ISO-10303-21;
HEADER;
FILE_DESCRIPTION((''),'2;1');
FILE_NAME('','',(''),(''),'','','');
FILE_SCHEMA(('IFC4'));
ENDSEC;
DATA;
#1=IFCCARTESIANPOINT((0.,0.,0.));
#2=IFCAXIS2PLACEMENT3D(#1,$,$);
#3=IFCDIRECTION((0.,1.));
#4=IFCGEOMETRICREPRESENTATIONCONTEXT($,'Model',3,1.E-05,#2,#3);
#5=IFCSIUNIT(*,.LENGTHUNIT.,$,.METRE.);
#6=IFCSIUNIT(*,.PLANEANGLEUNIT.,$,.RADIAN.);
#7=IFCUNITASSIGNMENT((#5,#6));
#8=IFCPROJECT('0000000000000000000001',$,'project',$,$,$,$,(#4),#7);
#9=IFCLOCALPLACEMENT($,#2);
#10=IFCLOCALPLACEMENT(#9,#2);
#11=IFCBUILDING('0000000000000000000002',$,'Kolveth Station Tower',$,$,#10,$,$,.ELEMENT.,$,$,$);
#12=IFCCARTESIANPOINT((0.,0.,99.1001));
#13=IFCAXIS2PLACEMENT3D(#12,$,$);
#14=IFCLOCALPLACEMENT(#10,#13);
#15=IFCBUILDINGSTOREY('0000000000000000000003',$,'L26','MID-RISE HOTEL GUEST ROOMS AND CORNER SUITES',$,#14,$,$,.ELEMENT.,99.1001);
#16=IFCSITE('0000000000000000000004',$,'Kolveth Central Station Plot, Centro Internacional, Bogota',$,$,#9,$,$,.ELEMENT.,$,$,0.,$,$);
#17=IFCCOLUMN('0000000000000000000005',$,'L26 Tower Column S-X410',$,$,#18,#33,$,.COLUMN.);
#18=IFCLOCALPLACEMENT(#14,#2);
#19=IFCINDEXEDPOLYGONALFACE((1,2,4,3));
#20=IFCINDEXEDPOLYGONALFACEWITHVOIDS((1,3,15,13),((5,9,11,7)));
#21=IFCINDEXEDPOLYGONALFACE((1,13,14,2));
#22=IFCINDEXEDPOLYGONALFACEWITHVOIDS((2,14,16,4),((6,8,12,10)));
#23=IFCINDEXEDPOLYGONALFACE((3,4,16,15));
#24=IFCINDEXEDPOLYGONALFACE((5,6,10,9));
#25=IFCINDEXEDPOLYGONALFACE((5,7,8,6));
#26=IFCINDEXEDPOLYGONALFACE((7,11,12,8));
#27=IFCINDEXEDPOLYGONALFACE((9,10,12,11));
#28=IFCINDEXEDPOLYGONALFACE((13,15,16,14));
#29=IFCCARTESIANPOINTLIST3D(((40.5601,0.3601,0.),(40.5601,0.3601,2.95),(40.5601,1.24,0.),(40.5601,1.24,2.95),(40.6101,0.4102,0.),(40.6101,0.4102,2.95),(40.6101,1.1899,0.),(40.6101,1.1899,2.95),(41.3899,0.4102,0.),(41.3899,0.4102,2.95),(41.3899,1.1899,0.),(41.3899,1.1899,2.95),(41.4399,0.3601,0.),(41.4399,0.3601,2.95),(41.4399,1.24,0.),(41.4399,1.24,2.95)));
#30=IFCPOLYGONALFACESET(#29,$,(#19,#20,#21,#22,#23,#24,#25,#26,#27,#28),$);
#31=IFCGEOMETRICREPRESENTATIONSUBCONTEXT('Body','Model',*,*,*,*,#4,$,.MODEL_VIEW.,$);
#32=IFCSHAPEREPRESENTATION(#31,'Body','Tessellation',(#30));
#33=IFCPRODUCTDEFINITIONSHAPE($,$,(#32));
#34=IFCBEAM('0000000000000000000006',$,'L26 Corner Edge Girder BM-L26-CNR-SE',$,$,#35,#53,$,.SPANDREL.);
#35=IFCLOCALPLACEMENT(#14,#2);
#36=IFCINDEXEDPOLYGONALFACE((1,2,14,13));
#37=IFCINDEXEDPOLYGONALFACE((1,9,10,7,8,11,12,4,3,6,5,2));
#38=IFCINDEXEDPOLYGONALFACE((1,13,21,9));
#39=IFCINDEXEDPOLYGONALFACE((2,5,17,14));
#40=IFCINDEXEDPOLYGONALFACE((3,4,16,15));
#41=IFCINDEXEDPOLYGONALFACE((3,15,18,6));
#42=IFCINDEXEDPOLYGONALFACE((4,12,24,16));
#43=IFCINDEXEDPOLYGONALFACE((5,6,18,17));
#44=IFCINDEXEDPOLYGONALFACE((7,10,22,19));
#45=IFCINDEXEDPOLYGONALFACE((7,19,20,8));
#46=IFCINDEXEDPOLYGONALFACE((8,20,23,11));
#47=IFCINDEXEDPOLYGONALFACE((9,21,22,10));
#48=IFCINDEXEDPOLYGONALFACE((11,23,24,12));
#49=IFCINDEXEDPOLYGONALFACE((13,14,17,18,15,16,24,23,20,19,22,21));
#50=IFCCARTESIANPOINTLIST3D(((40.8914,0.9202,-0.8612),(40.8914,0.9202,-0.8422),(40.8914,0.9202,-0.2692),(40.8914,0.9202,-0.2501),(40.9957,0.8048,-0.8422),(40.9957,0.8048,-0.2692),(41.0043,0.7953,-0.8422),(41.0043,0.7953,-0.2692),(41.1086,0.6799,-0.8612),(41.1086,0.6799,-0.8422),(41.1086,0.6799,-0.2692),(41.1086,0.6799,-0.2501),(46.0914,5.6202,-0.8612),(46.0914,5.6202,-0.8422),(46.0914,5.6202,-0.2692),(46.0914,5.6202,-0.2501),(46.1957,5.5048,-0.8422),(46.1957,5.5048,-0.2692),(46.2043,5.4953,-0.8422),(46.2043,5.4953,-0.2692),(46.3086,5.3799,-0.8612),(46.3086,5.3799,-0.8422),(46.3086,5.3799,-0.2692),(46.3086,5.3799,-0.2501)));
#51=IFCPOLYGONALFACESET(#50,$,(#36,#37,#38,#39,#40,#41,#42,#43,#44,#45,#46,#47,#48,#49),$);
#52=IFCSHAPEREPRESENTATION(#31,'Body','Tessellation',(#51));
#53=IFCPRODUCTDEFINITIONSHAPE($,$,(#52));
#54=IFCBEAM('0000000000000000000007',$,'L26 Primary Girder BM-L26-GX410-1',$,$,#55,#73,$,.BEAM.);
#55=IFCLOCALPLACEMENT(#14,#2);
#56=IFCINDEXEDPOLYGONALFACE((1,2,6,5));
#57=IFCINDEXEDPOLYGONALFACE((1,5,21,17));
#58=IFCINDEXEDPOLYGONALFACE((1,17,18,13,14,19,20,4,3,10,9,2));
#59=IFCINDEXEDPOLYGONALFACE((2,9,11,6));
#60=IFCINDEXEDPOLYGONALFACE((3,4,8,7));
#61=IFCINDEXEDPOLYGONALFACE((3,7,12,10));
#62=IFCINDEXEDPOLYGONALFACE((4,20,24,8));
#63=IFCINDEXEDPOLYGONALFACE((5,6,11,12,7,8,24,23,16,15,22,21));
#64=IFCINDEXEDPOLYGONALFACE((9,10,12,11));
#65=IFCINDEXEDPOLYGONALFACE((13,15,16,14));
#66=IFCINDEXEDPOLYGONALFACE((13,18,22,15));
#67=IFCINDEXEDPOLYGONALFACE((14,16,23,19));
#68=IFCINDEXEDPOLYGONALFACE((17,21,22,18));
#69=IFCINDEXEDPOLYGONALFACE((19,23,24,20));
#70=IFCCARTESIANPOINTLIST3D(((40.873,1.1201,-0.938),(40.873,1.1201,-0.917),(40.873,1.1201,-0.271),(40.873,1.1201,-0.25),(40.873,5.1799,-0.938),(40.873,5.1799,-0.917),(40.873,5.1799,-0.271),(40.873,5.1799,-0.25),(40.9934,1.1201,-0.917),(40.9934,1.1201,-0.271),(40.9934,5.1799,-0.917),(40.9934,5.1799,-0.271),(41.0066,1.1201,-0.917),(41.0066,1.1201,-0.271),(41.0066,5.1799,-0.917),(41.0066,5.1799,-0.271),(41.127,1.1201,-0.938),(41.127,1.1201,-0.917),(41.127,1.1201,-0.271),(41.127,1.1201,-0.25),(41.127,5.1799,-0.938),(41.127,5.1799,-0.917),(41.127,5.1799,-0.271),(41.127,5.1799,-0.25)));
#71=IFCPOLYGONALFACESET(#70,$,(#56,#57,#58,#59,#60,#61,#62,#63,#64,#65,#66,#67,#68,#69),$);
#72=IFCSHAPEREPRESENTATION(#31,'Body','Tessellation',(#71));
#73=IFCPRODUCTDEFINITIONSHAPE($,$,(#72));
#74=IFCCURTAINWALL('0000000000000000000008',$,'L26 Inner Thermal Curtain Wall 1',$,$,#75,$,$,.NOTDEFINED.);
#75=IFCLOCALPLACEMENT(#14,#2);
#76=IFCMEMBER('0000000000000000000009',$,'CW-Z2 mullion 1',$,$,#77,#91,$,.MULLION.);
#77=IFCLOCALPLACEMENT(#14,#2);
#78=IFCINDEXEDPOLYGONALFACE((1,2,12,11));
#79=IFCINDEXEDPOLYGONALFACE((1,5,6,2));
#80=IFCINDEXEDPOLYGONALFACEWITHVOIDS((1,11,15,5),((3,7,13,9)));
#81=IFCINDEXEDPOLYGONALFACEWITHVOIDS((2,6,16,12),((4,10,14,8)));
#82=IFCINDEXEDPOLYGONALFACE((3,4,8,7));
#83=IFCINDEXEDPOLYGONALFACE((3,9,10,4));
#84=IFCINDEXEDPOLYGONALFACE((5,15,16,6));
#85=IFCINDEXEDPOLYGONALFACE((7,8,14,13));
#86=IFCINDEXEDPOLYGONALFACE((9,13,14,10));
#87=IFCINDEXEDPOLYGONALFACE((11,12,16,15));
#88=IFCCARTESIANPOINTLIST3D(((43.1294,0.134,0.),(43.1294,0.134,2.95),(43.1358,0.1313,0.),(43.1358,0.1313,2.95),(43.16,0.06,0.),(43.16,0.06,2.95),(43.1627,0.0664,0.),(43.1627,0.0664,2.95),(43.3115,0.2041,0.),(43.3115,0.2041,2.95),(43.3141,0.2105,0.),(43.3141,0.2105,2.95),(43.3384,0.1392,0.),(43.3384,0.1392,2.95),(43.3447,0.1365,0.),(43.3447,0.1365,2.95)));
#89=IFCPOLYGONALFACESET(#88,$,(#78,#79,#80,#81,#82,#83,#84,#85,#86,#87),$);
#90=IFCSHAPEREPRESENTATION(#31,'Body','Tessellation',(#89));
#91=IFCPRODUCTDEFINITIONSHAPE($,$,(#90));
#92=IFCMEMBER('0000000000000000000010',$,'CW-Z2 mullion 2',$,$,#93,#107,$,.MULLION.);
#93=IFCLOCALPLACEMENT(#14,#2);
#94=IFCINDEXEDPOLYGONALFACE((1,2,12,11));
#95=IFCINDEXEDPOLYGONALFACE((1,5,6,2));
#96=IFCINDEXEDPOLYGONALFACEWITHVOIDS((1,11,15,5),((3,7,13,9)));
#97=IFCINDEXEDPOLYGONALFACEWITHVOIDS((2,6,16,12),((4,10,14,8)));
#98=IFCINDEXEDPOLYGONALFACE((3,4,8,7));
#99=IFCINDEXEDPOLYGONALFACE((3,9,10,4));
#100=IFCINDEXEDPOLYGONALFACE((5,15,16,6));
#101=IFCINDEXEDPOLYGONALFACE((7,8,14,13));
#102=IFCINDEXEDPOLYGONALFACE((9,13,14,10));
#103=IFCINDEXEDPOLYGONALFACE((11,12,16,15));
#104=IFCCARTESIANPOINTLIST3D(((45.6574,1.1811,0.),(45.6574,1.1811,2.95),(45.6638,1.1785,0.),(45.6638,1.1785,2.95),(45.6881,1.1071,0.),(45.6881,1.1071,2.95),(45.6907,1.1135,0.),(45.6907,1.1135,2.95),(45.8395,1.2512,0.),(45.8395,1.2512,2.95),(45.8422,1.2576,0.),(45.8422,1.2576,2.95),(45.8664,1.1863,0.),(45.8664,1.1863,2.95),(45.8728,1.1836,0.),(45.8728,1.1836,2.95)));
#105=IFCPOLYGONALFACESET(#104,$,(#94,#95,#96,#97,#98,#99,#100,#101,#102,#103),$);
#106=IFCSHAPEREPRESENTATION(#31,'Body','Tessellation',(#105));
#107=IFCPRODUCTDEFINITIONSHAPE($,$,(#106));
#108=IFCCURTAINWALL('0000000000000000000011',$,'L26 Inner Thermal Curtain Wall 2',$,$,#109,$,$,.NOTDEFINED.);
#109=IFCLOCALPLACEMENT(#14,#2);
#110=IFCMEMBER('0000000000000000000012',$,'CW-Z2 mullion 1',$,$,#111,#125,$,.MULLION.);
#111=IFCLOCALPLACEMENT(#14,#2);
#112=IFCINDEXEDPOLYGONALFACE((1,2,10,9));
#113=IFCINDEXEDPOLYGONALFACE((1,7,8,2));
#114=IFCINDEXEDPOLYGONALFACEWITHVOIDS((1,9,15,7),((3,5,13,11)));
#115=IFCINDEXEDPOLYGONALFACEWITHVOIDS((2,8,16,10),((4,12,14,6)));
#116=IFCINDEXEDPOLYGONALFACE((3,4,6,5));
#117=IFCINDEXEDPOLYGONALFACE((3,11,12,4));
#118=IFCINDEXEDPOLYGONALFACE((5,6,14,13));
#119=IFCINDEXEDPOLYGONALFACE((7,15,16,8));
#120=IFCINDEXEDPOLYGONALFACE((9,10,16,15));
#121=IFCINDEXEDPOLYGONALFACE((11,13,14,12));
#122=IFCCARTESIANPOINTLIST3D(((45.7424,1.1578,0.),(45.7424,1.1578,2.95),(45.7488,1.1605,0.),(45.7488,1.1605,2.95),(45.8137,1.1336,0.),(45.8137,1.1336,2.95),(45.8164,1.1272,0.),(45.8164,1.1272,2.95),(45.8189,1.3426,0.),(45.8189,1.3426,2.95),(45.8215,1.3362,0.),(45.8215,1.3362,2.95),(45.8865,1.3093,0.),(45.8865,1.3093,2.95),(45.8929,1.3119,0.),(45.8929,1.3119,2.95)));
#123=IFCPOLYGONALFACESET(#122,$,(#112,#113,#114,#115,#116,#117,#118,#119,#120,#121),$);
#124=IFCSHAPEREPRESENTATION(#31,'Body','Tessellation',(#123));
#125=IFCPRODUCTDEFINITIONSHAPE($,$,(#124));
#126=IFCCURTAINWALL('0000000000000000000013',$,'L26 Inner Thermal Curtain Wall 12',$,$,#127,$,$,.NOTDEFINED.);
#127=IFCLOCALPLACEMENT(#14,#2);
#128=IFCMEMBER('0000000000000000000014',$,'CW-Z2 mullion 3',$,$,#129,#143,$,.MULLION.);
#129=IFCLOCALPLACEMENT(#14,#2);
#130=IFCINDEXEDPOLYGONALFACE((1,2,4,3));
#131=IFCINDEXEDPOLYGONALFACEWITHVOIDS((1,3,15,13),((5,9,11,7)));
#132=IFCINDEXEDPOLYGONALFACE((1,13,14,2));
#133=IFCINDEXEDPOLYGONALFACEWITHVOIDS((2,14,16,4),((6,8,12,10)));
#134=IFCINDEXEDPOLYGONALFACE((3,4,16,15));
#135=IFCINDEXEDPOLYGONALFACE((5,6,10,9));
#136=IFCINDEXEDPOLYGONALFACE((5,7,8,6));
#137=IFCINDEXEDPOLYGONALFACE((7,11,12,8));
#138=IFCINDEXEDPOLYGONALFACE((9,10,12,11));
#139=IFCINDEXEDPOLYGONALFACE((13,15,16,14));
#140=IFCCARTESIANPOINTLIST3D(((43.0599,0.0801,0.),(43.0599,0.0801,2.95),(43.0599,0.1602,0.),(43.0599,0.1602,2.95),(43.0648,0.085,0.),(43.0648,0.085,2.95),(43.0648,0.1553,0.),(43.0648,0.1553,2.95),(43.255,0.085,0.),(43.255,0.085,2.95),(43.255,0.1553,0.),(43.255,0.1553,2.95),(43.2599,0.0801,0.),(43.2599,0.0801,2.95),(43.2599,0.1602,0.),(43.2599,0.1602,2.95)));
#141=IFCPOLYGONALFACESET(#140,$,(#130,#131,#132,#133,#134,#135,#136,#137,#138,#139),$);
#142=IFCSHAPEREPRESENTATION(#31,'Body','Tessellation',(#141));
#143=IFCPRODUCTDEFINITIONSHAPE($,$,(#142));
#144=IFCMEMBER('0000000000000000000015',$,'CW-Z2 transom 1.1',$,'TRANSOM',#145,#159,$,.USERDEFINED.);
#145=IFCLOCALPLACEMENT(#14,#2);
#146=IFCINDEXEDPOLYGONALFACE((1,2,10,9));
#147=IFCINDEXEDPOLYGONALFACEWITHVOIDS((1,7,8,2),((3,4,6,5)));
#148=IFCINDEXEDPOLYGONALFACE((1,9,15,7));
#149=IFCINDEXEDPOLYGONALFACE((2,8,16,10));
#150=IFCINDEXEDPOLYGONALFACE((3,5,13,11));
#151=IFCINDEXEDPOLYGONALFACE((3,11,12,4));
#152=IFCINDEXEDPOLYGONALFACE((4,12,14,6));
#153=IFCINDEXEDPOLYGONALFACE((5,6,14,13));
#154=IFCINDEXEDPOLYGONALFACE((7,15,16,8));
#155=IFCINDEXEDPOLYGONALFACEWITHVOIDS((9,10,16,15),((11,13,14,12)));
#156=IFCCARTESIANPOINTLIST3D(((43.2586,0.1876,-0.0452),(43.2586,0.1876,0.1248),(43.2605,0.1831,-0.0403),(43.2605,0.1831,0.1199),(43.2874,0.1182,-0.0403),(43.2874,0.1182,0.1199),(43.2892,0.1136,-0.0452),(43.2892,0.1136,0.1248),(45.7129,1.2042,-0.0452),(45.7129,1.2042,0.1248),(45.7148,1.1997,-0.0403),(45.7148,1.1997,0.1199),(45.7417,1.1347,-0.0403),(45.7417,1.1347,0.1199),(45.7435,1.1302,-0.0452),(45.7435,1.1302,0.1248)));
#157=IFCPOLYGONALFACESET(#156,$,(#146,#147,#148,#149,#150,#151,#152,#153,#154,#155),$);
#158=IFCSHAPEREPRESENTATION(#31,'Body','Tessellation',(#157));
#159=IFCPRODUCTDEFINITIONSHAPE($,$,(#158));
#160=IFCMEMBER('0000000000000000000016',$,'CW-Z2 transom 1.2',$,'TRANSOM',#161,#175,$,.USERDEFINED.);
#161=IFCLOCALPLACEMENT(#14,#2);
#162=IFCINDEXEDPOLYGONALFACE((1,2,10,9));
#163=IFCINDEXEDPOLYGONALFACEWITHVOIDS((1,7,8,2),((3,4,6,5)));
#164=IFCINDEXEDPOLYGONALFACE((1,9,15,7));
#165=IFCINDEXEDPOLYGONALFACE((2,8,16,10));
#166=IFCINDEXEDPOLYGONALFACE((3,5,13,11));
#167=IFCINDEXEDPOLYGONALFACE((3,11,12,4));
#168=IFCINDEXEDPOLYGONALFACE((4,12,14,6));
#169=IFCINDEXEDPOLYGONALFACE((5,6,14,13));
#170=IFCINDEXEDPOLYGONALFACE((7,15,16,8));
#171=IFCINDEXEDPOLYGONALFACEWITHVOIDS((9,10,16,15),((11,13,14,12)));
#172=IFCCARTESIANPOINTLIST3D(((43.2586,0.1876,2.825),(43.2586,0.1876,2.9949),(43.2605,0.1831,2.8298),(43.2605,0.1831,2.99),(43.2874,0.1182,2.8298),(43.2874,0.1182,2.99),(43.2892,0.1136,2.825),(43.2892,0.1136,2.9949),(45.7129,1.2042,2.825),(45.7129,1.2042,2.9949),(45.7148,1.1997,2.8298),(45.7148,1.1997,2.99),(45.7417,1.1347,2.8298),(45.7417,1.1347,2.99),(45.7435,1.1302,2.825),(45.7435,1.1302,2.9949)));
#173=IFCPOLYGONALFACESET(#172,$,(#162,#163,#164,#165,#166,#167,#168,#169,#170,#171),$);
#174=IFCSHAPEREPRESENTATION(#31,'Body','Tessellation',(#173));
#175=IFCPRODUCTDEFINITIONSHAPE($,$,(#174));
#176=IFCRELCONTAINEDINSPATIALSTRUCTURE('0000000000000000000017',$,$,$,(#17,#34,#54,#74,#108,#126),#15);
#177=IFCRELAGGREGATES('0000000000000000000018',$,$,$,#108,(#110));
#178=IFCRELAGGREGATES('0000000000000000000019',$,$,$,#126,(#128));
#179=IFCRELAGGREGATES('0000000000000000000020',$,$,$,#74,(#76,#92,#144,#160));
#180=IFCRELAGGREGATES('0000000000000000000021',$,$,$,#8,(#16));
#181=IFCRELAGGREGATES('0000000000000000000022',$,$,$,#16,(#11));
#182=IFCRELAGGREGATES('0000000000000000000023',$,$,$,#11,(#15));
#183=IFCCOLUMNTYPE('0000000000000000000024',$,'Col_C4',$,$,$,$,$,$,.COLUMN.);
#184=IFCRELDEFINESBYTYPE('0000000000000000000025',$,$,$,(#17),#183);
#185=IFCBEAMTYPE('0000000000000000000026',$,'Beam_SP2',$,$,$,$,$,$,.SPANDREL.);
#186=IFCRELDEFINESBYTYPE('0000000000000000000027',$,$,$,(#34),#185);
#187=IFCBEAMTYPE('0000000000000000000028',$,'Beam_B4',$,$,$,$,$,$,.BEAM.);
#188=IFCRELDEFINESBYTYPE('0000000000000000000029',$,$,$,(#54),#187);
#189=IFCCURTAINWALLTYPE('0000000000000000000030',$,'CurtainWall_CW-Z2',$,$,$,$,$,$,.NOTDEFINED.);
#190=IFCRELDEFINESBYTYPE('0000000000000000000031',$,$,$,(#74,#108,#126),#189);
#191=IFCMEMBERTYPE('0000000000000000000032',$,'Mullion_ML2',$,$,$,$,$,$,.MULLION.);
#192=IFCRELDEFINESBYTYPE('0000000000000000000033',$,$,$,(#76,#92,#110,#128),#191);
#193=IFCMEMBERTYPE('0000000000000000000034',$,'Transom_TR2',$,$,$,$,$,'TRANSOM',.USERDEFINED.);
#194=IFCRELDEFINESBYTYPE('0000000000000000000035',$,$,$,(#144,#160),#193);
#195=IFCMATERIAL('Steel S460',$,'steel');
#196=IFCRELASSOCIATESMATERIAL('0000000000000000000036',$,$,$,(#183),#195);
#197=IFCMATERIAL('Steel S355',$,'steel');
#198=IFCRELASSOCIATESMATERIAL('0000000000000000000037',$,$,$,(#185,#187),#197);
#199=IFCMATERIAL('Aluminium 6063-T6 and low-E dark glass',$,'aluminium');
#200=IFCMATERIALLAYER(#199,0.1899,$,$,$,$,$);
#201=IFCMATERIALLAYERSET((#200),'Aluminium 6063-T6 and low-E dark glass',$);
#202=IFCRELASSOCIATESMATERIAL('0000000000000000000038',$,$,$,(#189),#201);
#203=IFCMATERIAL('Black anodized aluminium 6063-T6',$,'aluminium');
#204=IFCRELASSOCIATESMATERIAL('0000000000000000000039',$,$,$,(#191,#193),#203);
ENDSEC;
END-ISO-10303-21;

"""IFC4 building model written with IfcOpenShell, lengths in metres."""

from ifc_helpers import new_model, si_unit, direction, frame, origin, origin_2d, place, context, subcontext, project, spatial, hollow_rectangle, i_section, extrude, source, transform, mapped, material, layer, layer_set, material_profile, profile_set, type_object, element, aggregate, save


model = new_model("IFC4")

# Units and contexts
model_context = context("Model", 3, precision=1e-05, world=origin(), true_north=direction((0.0, 1.0)))
body_context = subcontext(model_context, "Body", "Model", "MODEL_VIEW")
ifc_project = project(units=[si_unit("LENGTHUNIT", "METRE"), si_unit("PLANEANGLEUNIT", "RADIAN")], contexts=[model_context])

# Site, building, storey
site_placement = place(None, origin())
site = spatial("IfcSite", under=ifc_project, at=site_placement, Name="Kolveth Central Station Plot, Centro Internacional, Bogota", CompositionType="ELEMENT", RefElevation=0.0)
building_placement = place(site_placement, origin())
building = spatial("IfcBuilding", under=site, at=building_placement, Name="Kolveth Station Tower", CompositionType="ELEMENT")
storey_placement = place(building_placement, frame((0.0, 0.0, 99.1001)))
storey = spatial("IfcBuildingStorey", under=building, at=storey_placement, Name="L26", Description="MID-RISE HOTEL GUEST ROOMS AND CORNER SUITES", CompositionType="ELEMENT", Elevation=99.1001)

# Column
ifc_material_1 = material(Name="Steel S460", Category="steel")
ifc_material_profile_1 = material_profile(ifc_material_1, hollow_rectangle(XDim=0.8799, YDim=0.8799, WallThickness=0.05, at=origin_2d()), Name="BOX880x880x50")
ifc_profile_set_1 = profile_set([ifc_material_profile_1], Name="Steel S460")
column_type = type_object("IfcColumnType", Name="Col_C4", PredefinedType="COLUMN", material=ifc_profile_set_1)
shared_shape_1 = source(origin(), body_context, "Body", "SweptSolid", [
    extrude(hollow_rectangle(XDim=0.8799, YDim=0.8799, WallThickness=0.05, at=origin_2d()), origin(), (0.0, 0.0, 1.0), 2.95),
])
column_placement = place(storey_placement, frame((41.0, 0.8, 0.0), z_axis=(0.0, 0.0, 1.0), x_axis=(1.0, 0.0, 0.0)))
element("IfcColumn", 1, at=column_placement, inside=storey, type_object=column_type, Name="L26 Tower Column S-X410", PredefinedType="COLUMN", context=body_context, shape_type="MappedRepresentation", body=[
    mapped(shared_shape_1, transform((0.0, 0.0, 0.0), x_axis=(1.0, 0.0, 0.0), y_axis=(0.0, 1.0, 0.0), z_axis=(0.0, 0.0, 1.0), scale=1.0)),
])

# Beams
ifc_material_2 = material(Name="Steel S355", Category="steel")
ifc_material_profile_2 = material_profile(ifc_material_2, i_section(OverallWidth=0.324, OverallDepth=0.6111, WebThickness=0.0127, FlangeThickness=0.019, at=origin_2d()), Name="W610x155")
ifc_profile_set_2 = profile_set([ifc_material_profile_2], Name="Steel S355")
beam_type_1 = type_object("IfcBeamType", Name="Beam_SP2", PredefinedType="SPANDREL", material=ifc_profile_set_2)
shared_shape_2 = source(origin(), body_context, "Body", "SweptSolid", [
    extrude(i_section(OverallWidth=0.324, OverallDepth=0.6111, WebThickness=0.0127, FlangeThickness=0.019, at=origin_2d()), origin(), (0.0, 0.0, 1.0), 7.0093),
])
beam_1_placement = place(storey_placement, frame((41.0, 0.8, -0.5557), z_axis=(0.741874, 0.670539, 0.0), x_axis=(-0.670539, 0.741874, 0.0)))
element("IfcBeam", 2, at=beam_1_placement, inside=storey, type_object=beam_type_1, Name="L26 Corner Edge Girder BM-L26-CNR-SE", PredefinedType="SPANDREL", context=body_context, shape_type="MappedRepresentation", body=[
    mapped(shared_shape_2, transform((0.0, 0.0, 0.0), x_axis=(1.0, 0.0, 0.0), y_axis=(0.0, 1.0, 0.0), z_axis=(0.0, 0.0, 1.0), scale=1.0)),
])
ifc_material_profile_3 = material_profile(ifc_material_2, i_section(OverallWidth=0.2539, OverallDepth=0.688, WebThickness=0.0132, FlangeThickness=0.021, at=origin_2d()), Name="W690x152")
ifc_profile_set_3 = profile_set([ifc_material_profile_3], Name="Steel S355")
beam_type_2 = type_object("IfcBeamType", Name="Beam_B4", PredefinedType="BEAM", material=ifc_profile_set_3)
shared_shape_3 = source(origin(), body_context, "Body", "SweptSolid", [
    extrude(i_section(OverallWidth=0.2539, OverallDepth=0.688, WebThickness=0.0132, FlangeThickness=0.021, at=origin_2d()), origin(), (0.0, 0.0, 1.0), 4.0598),
])
beam_2_placement = place(storey_placement, frame((41.0, 1.1201, -0.594), z_axis=(0.0, 1.0, 0.0), x_axis=(-1.0, 0.0, 0.0)))
element("IfcBeam", 3, at=beam_2_placement, inside=storey, type_object=beam_type_2, Name="L26 Primary Girder BM-L26-GX410-1", PredefinedType="BEAM", context=body_context, shape_type="MappedRepresentation", body=[
    mapped(shared_shape_3, transform((0.0, 0.0, 0.0), x_axis=(1.0, 0.0, 0.0), y_axis=(0.0, 1.0, 0.0), z_axis=(0.0, 0.0, 1.0), scale=1.0)),
])

# Curtain wall, members
ifc_material_3 = material(Name="Aluminium 6063-T6 and low-E dark glass", Category="aluminium")
ifc_layer_1 = layer(ifc_material_3, 0.1899)
ifc_layer_set_1 = layer_set([ifc_layer_1], Name="Aluminium 6063-T6 and low-E dark glass")
curtain_wall_type_1 = type_object("IfcCurtainWallType", Name="CurtainWall_CW-Z2", PredefinedType="NOTDEFINED", material=ifc_layer_set_1)
curtain_wall_1_placement = place(storey_placement, origin())
curtain_wall_1 = element("IfcCurtainWall", 4, at=curtain_wall_1_placement, inside=storey, type_object=curtain_wall_type_1, Name="L26 Inner Thermal Curtain Wall 1", PredefinedType="NOTDEFINED")
ifc_material_4 = material(Name="Black anodized aluminium 6063-T6", Category="aluminium")
ifc_material_profile_4 = material_profile(ifc_material_4, hollow_rectangle(XDim=0.0801, YDim=0.2, WallThickness=0.0049, at=origin_2d()), Name="ALU-80x200x5")
ifc_profile_set_4 = profile_set([ifc_material_profile_4], Name="Black anodized aluminium 6063-T6")
member_type_1 = type_object("IfcMemberType", Name="Mullion_ML2", PredefinedType="MULLION", material=ifc_profile_set_4)
shared_shape_4 = source(origin(), body_context, "Body", "SweptSolid", [
    extrude(hollow_rectangle(XDim=0.0801, YDim=0.2, WallThickness=0.0049, at=origin_2d()), origin(), (0.0, 0.0, 1.0), 2.95),
])
member_1_placement = place(storey_placement, frame((43.2371, 0.1353, 0.0), z_axis=(0.0, 0.0, 1.0), x_axis=(-0.382663, 0.923888, 0.0)))
member_1 = element("IfcMember", 5, at=member_1_placement, type_object=member_type_1, Name="CW-Z2 mullion 1", PredefinedType="MULLION", context=body_context, shape_type="MappedRepresentation", body=[
    mapped(shared_shape_4, transform((0.0, 0.0, 0.0), x_axis=(1.0, 0.0, 0.0), y_axis=(0.0, 1.0, 0.0), z_axis=(0.0, 0.0, 1.0), scale=1.0)),
])
member_2_placement = place(storey_placement, frame((45.7651, 1.1824, 0.0), z_axis=(0.0, 0.0, 1.0), x_axis=(-0.382663, 0.923888, 0.0)))
member_2 = element("IfcMember", 6, at=member_2_placement, type_object=member_type_1, Name="CW-Z2 mullion 2", PredefinedType="MULLION", context=body_context, shape_type="MappedRepresentation", body=[
    mapped(shared_shape_4, transform((0.0, 0.0, 0.0), x_axis=(1.0, 0.0, 0.0), y_axis=(0.0, 1.0, 0.0), z_axis=(0.0, 0.0, 1.0), scale=1.0)),
])

# Curtain walls, members
curtain_wall_2_placement = place(storey_placement, origin())
curtain_wall_2 = element("IfcCurtainWall", 7, at=curtain_wall_2_placement, inside=storey, type_object=curtain_wall_type_1, Name="L26 Inner Thermal Curtain Wall 2", PredefinedType="NOTDEFINED")
member_3_placement = place(storey_placement, frame((45.8176, 1.2349, 0.0), z_axis=(0.0, 0.0, 1.0), x_axis=(-0.923888, 0.382663, 0.0)))
member_3 = element("IfcMember", 8, at=member_3_placement, type_object=member_type_1, Name="CW-Z2 mullion 1", PredefinedType="MULLION", context=body_context, shape_type="MappedRepresentation", body=[
    mapped(shared_shape_4, transform((0.0, 0.0, 0.0), x_axis=(1.0, 0.0, 0.0), y_axis=(0.0, 1.0, 0.0), z_axis=(0.0, 0.0, 1.0), scale=1.0)),
])
aggregate(curtain_wall_2, [member_3])
curtain_wall_3_placement = place(storey_placement, origin())
curtain_wall_3 = element("IfcCurtainWall", 9, at=curtain_wall_3_placement, inside=storey, type_object=curtain_wall_type_1, Name="L26 Inner Thermal Curtain Wall 12", PredefinedType="NOTDEFINED")
member_4_placement = place(storey_placement, frame((43.1599, 0.1201, 0.0), z_axis=(0.0, 0.0, 1.0), x_axis=(0.0, 1.0, 0.0)))
member_4 = element("IfcMember", 10, at=member_4_placement, type_object=member_type_1, Name="CW-Z2 mullion 3", PredefinedType="MULLION", context=body_context, shape_type="MappedRepresentation", body=[
    mapped(shared_shape_4, transform((0.0, 0.0, 0.0), x_axis=(1.0, 0.0, 0.0), y_axis=(0.0, 1.0, 0.0), z_axis=(0.0, 0.0, 1.0), scale=1.0)),
])
aggregate(curtain_wall_3, [member_4])

# Members
ifc_material_profile_5 = material_profile(ifc_material_4, hollow_rectangle(XDim=0.0801, YDim=0.1699, WallThickness=0.0049, at=origin_2d()), Name="ALU-80x170x5")
ifc_profile_set_5 = profile_set([ifc_material_profile_5], Name="Black anodized aluminium 6063-T6")
member_type_2 = type_object("IfcMemberType", Name="Transom_TR2", ElementType="TRANSOM", PredefinedType="USERDEFINED", material=ifc_profile_set_5)
shared_shape_5 = source(origin(), body_context, "Body", "SweptSolid", [
    extrude(hollow_rectangle(XDim=0.0801, YDim=0.1699, WallThickness=0.0049, at=origin_2d()), origin(), (0.0, 0.0, 1.0), 2.6565),
])
member_5_placement = place(storey_placement, frame((43.2739, 0.1506, 0.0398), z_axis=(0.923882, 0.382676, 0.0), x_axis=(-0.382676, 0.923882, 0.0)))
member_5 = element("IfcMember", 11, at=member_5_placement, type_object=member_type_2, Name="CW-Z2 transom 1.1", ObjectType="TRANSOM", PredefinedType="USERDEFINED", context=body_context, shape_type="MappedRepresentation", body=[
    mapped(shared_shape_5, transform((0.0, 0.0, 0.0), x_axis=(1.0, 0.0, 0.0), y_axis=(0.0, 1.0, 0.0), z_axis=(0.0, 0.0, 1.0), scale=1.0)),
])
member_6_placement = place(storey_placement, frame((43.2739, 0.1506, 2.9099), z_axis=(0.923882, 0.382676, 0.0), x_axis=(-0.382676, 0.923882, 0.0)))
member_6 = element("IfcMember", 12, at=member_6_placement, type_object=member_type_2, Name="CW-Z2 transom 1.2", ObjectType="TRANSOM", PredefinedType="USERDEFINED", context=body_context, shape_type="MappedRepresentation", body=[
    mapped(shared_shape_5, transform((0.0, 0.0, 0.0), x_axis=(1.0, 0.0, 0.0), y_axis=(0.0, 1.0, 0.0), z_axis=(0.0, 0.0, 1.0), scale=1.0)),
])

aggregate(curtain_wall_1, [member_1, member_2, member_5, member_6])

save(model, "model.ifc")
